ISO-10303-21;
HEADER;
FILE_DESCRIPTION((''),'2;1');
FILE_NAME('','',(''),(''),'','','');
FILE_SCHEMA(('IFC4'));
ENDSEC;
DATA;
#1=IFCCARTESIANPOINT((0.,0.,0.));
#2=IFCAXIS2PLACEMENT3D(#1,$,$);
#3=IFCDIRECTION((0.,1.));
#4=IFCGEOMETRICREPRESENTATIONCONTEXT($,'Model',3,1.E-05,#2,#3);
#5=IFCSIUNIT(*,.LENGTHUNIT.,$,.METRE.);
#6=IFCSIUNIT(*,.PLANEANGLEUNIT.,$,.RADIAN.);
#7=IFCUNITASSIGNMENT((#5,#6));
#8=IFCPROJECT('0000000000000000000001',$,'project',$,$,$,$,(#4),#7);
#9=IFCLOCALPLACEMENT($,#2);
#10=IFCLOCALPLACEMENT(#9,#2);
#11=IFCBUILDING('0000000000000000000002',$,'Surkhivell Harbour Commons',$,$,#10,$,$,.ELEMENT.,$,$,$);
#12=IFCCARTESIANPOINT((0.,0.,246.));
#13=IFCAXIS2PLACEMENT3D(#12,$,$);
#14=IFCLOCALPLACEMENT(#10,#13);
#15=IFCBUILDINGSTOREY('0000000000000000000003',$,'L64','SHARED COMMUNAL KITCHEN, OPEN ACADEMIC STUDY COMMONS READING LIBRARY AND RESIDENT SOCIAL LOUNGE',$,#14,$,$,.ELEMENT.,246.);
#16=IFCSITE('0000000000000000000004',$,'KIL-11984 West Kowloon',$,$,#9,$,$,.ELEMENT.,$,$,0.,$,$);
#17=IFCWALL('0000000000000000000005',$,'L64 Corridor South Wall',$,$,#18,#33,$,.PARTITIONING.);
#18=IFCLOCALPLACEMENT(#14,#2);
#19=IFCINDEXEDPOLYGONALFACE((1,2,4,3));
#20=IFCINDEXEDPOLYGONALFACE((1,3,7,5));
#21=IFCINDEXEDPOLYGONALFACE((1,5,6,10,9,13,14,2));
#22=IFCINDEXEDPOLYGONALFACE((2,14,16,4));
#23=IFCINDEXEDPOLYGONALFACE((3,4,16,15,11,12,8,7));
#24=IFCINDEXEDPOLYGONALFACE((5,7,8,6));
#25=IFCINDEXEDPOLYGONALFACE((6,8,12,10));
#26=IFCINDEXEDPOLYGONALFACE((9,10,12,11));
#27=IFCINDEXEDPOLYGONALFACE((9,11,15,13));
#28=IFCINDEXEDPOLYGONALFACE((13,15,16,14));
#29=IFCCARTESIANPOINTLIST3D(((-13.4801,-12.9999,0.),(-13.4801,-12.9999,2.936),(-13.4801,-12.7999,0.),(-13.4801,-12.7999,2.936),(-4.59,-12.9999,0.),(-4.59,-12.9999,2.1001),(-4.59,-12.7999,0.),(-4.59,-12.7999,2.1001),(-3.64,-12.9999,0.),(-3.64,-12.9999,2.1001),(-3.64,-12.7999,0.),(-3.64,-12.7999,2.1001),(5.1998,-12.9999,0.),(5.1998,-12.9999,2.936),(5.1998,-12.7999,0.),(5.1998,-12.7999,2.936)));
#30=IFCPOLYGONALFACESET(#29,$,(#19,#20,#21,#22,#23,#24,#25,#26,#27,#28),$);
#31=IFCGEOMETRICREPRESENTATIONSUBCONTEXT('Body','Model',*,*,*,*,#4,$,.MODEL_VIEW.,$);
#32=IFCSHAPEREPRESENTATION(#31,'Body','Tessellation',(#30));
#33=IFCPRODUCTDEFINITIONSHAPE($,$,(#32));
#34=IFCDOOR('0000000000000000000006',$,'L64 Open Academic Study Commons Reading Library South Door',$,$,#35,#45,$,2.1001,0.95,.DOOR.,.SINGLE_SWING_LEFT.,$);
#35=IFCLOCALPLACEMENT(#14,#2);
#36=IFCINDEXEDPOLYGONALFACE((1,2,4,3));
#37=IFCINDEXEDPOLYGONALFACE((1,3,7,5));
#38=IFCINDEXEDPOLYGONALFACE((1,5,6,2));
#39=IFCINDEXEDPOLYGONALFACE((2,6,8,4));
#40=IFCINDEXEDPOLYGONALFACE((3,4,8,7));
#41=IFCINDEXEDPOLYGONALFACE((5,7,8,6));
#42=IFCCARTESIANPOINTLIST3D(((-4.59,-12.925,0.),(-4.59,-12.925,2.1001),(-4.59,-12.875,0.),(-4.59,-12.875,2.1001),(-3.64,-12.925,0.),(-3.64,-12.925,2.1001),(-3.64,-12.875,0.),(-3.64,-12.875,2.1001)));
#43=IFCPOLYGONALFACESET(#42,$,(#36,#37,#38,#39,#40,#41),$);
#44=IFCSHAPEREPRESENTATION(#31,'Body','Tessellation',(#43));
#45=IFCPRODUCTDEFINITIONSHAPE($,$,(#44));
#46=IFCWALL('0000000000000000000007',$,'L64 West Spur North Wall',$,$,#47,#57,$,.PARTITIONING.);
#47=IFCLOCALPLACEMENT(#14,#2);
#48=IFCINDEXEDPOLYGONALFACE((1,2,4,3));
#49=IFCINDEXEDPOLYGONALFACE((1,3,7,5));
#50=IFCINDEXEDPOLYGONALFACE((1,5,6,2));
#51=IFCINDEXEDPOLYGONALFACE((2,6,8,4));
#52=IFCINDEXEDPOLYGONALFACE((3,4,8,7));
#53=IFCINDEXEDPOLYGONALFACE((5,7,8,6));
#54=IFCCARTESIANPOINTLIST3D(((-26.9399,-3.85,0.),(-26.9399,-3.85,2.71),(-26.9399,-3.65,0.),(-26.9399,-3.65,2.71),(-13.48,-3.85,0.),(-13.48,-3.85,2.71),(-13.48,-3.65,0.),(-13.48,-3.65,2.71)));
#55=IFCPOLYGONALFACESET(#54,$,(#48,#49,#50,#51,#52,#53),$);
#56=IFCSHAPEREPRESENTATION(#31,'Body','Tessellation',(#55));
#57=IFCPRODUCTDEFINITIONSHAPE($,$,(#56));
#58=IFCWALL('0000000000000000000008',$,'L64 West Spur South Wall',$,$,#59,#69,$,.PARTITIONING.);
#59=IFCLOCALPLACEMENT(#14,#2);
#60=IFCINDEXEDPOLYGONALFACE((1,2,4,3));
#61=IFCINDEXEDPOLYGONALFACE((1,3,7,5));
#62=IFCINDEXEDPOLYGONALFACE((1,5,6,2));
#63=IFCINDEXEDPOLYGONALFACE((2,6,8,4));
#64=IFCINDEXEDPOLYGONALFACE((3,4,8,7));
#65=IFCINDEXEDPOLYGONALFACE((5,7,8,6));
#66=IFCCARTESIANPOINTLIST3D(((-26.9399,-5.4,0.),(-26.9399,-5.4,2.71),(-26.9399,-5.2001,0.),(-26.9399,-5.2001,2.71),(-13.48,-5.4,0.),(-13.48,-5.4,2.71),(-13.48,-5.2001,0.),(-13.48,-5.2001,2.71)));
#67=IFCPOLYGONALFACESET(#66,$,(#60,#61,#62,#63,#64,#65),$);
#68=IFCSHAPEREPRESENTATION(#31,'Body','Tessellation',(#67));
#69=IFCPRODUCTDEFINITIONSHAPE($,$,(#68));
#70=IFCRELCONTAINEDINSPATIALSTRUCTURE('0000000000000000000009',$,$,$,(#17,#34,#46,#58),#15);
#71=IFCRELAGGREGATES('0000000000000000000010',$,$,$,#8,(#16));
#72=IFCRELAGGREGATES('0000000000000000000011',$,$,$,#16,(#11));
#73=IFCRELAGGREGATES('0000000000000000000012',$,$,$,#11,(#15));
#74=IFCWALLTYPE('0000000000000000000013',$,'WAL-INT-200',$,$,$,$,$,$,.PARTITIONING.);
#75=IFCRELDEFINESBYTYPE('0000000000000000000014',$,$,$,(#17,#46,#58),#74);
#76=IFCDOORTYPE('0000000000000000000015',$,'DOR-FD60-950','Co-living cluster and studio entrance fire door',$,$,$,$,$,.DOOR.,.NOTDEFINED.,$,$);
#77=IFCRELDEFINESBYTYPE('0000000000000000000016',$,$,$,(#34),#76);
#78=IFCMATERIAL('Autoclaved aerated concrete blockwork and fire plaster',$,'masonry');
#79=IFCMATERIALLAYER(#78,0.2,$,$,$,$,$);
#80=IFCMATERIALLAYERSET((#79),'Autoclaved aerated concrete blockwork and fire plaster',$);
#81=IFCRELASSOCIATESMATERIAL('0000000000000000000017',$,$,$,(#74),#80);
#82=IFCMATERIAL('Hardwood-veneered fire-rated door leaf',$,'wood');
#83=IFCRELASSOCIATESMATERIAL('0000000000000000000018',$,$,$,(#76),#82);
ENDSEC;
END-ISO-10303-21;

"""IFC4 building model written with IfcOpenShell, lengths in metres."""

from ifc_helpers import new_model, si_unit, direction, frame, frame_2d, origin, place, context, subcontext, project, spatial, rectangle, extrude, material, layer, layer_set, type_object, element, fill, save


model = new_model("IFC4")

# Units and contexts
model_context = context("Model", 3, precision=1e-05, world=origin(), true_north=direction((0.0, 1.0)))
body_context = subcontext(model_context, "Body", "Model", "MODEL_VIEW")
ifc_project = project(units=[si_unit("LENGTHUNIT", "METRE"), si_unit("PLANEANGLEUNIT", "RADIAN")], contexts=[model_context])

# Site, building, storey
site_placement = place(None, origin())
site = spatial("IfcSite", under=ifc_project, at=site_placement, Name="KIL-11984 West Kowloon", CompositionType="ELEMENT", RefElevation=0.0)
building_placement = place(site_placement, origin())
building = spatial("IfcBuilding", under=site, at=building_placement, Name="Surkhivell Harbour Commons", CompositionType="ELEMENT")
storey_placement = place(building_placement, frame((0.0, 0.0, 246.0)))
storey = spatial("IfcBuildingStorey", under=building, at=storey_placement, Name="L64", Description="SHARED COMMUNAL KITCHEN, OPEN ACADEMIC STUDY COMMONS READING LIBRARY AND RESIDENT SOCIAL LOUNGE", CompositionType="ELEMENT", Elevation=246.0)

# Wall, opening, door
ifc_material_1 = material(Name="Autoclaved aerated concrete blockwork and fire plaster", Category="masonry")
ifc_layer_1 = layer(ifc_material_1, 0.2)
ifc_layer_set_1 = layer_set([ifc_layer_1], Name="Autoclaved aerated concrete blockwork and fire plaster")
wall_type_1 = type_object("IfcWallType", Name="WAL-INT-200", PredefinedType="PARTITIONING", material=ifc_layer_set_1)
wall_1_placement = place(storey_placement, frame((-13.48, -12.8999, 0.0), z_axis=(0.0, 0.0, 1.0), x_axis=(1.0, 0.0, 0.0)))
wall_1 = element("IfcWall", 1, at=wall_1_placement, inside=storey, type_object=wall_type_1, Name="L64 Corridor South Wall", PredefinedType="PARTITIONING", context=body_context, shape_type="SweptSolid", body=[
    extrude(rectangle(XDim=18.6799, YDim=0.2, at=frame_2d((9.3398, 0.0))), origin(), (0.0, 0.0, 1.0), 2.936),
])
opening_placement = place(wall_1_placement, frame((8.8899, 0.0, 0.0)))
opening = element("IfcOpeningElement", 2, at=opening_placement, cuts=wall_1, PredefinedType="OPENING", context=body_context, shape_type="SweptSolid", body=[
    extrude(rectangle(XDim=0.95, YDim=2.1001, at=frame_2d((0.4751, 1.05))), frame((0.0, 0.1099, 0.0), z_axis=(0.0, -1.0, 0.0), x_axis=(1.0, 0.0, 0.0)), (0.0, 0.0, 1.0), 0.22),
])
ifc_material_2 = material(Name="Hardwood-veneered fire-rated door leaf", Category="wood")
door_type = type_object("IfcDoorType", Name="DOR-FD60-950", Description="Co-living cluster and studio entrance fire door", OperationType="NOTDEFINED", PredefinedType="DOOR", material=ifc_material_2)
door_placement = place(opening_placement, origin())
door = element("IfcDoor", 3, at=door_placement, inside=storey, type_object=door_type, Name="L64 Open Academic Study Commons Reading Library South Door", OperationType="SINGLE_SWING_LEFT", OverallHeight=2.1001, OverallWidth=0.95, PredefinedType="DOOR", context=body_context, shape_type="SweptSolid", body=[
    extrude(rectangle(XDim=0.95, YDim=2.1001, at=frame_2d((0.4751, 1.05))), frame((0.0, 0.0249, 0.0), z_axis=(0.0, -1.0, 0.0), x_axis=(1.0, 0.0, 0.0)), (0.0, 0.0, 1.0), 0.05),
])
fill(opening, door)

# Walls
for number, where, z_axis, x_axis, name in (
    (4, (-26.9399, -3.75, 0.0), (0.0, 0.0, 1.0), (1.0, 0.0, 0.0), "L64 West Spur North Wall"),
    (5, (-26.9399, -5.3, 0.0), (0.0, 0.0, 1.0), (1.0, 0.0, 0.0), "L64 West Spur South Wall"),
):
    element("IfcWall", number, at=place(storey_placement, frame(where, z_axis=z_axis, x_axis=x_axis)), inside=storey, type_object=wall_type_1, Name=name, PredefinedType="PARTITIONING", context=body_context, shape_type="SweptSolid", body=[
        extrude(rectangle(XDim=13.46, YDim=0.2, at=frame_2d((6.73, 0.0))), origin(), (0.0, 0.0, 1.0), 2.71),
    ])

save(model, "model.ifc")
